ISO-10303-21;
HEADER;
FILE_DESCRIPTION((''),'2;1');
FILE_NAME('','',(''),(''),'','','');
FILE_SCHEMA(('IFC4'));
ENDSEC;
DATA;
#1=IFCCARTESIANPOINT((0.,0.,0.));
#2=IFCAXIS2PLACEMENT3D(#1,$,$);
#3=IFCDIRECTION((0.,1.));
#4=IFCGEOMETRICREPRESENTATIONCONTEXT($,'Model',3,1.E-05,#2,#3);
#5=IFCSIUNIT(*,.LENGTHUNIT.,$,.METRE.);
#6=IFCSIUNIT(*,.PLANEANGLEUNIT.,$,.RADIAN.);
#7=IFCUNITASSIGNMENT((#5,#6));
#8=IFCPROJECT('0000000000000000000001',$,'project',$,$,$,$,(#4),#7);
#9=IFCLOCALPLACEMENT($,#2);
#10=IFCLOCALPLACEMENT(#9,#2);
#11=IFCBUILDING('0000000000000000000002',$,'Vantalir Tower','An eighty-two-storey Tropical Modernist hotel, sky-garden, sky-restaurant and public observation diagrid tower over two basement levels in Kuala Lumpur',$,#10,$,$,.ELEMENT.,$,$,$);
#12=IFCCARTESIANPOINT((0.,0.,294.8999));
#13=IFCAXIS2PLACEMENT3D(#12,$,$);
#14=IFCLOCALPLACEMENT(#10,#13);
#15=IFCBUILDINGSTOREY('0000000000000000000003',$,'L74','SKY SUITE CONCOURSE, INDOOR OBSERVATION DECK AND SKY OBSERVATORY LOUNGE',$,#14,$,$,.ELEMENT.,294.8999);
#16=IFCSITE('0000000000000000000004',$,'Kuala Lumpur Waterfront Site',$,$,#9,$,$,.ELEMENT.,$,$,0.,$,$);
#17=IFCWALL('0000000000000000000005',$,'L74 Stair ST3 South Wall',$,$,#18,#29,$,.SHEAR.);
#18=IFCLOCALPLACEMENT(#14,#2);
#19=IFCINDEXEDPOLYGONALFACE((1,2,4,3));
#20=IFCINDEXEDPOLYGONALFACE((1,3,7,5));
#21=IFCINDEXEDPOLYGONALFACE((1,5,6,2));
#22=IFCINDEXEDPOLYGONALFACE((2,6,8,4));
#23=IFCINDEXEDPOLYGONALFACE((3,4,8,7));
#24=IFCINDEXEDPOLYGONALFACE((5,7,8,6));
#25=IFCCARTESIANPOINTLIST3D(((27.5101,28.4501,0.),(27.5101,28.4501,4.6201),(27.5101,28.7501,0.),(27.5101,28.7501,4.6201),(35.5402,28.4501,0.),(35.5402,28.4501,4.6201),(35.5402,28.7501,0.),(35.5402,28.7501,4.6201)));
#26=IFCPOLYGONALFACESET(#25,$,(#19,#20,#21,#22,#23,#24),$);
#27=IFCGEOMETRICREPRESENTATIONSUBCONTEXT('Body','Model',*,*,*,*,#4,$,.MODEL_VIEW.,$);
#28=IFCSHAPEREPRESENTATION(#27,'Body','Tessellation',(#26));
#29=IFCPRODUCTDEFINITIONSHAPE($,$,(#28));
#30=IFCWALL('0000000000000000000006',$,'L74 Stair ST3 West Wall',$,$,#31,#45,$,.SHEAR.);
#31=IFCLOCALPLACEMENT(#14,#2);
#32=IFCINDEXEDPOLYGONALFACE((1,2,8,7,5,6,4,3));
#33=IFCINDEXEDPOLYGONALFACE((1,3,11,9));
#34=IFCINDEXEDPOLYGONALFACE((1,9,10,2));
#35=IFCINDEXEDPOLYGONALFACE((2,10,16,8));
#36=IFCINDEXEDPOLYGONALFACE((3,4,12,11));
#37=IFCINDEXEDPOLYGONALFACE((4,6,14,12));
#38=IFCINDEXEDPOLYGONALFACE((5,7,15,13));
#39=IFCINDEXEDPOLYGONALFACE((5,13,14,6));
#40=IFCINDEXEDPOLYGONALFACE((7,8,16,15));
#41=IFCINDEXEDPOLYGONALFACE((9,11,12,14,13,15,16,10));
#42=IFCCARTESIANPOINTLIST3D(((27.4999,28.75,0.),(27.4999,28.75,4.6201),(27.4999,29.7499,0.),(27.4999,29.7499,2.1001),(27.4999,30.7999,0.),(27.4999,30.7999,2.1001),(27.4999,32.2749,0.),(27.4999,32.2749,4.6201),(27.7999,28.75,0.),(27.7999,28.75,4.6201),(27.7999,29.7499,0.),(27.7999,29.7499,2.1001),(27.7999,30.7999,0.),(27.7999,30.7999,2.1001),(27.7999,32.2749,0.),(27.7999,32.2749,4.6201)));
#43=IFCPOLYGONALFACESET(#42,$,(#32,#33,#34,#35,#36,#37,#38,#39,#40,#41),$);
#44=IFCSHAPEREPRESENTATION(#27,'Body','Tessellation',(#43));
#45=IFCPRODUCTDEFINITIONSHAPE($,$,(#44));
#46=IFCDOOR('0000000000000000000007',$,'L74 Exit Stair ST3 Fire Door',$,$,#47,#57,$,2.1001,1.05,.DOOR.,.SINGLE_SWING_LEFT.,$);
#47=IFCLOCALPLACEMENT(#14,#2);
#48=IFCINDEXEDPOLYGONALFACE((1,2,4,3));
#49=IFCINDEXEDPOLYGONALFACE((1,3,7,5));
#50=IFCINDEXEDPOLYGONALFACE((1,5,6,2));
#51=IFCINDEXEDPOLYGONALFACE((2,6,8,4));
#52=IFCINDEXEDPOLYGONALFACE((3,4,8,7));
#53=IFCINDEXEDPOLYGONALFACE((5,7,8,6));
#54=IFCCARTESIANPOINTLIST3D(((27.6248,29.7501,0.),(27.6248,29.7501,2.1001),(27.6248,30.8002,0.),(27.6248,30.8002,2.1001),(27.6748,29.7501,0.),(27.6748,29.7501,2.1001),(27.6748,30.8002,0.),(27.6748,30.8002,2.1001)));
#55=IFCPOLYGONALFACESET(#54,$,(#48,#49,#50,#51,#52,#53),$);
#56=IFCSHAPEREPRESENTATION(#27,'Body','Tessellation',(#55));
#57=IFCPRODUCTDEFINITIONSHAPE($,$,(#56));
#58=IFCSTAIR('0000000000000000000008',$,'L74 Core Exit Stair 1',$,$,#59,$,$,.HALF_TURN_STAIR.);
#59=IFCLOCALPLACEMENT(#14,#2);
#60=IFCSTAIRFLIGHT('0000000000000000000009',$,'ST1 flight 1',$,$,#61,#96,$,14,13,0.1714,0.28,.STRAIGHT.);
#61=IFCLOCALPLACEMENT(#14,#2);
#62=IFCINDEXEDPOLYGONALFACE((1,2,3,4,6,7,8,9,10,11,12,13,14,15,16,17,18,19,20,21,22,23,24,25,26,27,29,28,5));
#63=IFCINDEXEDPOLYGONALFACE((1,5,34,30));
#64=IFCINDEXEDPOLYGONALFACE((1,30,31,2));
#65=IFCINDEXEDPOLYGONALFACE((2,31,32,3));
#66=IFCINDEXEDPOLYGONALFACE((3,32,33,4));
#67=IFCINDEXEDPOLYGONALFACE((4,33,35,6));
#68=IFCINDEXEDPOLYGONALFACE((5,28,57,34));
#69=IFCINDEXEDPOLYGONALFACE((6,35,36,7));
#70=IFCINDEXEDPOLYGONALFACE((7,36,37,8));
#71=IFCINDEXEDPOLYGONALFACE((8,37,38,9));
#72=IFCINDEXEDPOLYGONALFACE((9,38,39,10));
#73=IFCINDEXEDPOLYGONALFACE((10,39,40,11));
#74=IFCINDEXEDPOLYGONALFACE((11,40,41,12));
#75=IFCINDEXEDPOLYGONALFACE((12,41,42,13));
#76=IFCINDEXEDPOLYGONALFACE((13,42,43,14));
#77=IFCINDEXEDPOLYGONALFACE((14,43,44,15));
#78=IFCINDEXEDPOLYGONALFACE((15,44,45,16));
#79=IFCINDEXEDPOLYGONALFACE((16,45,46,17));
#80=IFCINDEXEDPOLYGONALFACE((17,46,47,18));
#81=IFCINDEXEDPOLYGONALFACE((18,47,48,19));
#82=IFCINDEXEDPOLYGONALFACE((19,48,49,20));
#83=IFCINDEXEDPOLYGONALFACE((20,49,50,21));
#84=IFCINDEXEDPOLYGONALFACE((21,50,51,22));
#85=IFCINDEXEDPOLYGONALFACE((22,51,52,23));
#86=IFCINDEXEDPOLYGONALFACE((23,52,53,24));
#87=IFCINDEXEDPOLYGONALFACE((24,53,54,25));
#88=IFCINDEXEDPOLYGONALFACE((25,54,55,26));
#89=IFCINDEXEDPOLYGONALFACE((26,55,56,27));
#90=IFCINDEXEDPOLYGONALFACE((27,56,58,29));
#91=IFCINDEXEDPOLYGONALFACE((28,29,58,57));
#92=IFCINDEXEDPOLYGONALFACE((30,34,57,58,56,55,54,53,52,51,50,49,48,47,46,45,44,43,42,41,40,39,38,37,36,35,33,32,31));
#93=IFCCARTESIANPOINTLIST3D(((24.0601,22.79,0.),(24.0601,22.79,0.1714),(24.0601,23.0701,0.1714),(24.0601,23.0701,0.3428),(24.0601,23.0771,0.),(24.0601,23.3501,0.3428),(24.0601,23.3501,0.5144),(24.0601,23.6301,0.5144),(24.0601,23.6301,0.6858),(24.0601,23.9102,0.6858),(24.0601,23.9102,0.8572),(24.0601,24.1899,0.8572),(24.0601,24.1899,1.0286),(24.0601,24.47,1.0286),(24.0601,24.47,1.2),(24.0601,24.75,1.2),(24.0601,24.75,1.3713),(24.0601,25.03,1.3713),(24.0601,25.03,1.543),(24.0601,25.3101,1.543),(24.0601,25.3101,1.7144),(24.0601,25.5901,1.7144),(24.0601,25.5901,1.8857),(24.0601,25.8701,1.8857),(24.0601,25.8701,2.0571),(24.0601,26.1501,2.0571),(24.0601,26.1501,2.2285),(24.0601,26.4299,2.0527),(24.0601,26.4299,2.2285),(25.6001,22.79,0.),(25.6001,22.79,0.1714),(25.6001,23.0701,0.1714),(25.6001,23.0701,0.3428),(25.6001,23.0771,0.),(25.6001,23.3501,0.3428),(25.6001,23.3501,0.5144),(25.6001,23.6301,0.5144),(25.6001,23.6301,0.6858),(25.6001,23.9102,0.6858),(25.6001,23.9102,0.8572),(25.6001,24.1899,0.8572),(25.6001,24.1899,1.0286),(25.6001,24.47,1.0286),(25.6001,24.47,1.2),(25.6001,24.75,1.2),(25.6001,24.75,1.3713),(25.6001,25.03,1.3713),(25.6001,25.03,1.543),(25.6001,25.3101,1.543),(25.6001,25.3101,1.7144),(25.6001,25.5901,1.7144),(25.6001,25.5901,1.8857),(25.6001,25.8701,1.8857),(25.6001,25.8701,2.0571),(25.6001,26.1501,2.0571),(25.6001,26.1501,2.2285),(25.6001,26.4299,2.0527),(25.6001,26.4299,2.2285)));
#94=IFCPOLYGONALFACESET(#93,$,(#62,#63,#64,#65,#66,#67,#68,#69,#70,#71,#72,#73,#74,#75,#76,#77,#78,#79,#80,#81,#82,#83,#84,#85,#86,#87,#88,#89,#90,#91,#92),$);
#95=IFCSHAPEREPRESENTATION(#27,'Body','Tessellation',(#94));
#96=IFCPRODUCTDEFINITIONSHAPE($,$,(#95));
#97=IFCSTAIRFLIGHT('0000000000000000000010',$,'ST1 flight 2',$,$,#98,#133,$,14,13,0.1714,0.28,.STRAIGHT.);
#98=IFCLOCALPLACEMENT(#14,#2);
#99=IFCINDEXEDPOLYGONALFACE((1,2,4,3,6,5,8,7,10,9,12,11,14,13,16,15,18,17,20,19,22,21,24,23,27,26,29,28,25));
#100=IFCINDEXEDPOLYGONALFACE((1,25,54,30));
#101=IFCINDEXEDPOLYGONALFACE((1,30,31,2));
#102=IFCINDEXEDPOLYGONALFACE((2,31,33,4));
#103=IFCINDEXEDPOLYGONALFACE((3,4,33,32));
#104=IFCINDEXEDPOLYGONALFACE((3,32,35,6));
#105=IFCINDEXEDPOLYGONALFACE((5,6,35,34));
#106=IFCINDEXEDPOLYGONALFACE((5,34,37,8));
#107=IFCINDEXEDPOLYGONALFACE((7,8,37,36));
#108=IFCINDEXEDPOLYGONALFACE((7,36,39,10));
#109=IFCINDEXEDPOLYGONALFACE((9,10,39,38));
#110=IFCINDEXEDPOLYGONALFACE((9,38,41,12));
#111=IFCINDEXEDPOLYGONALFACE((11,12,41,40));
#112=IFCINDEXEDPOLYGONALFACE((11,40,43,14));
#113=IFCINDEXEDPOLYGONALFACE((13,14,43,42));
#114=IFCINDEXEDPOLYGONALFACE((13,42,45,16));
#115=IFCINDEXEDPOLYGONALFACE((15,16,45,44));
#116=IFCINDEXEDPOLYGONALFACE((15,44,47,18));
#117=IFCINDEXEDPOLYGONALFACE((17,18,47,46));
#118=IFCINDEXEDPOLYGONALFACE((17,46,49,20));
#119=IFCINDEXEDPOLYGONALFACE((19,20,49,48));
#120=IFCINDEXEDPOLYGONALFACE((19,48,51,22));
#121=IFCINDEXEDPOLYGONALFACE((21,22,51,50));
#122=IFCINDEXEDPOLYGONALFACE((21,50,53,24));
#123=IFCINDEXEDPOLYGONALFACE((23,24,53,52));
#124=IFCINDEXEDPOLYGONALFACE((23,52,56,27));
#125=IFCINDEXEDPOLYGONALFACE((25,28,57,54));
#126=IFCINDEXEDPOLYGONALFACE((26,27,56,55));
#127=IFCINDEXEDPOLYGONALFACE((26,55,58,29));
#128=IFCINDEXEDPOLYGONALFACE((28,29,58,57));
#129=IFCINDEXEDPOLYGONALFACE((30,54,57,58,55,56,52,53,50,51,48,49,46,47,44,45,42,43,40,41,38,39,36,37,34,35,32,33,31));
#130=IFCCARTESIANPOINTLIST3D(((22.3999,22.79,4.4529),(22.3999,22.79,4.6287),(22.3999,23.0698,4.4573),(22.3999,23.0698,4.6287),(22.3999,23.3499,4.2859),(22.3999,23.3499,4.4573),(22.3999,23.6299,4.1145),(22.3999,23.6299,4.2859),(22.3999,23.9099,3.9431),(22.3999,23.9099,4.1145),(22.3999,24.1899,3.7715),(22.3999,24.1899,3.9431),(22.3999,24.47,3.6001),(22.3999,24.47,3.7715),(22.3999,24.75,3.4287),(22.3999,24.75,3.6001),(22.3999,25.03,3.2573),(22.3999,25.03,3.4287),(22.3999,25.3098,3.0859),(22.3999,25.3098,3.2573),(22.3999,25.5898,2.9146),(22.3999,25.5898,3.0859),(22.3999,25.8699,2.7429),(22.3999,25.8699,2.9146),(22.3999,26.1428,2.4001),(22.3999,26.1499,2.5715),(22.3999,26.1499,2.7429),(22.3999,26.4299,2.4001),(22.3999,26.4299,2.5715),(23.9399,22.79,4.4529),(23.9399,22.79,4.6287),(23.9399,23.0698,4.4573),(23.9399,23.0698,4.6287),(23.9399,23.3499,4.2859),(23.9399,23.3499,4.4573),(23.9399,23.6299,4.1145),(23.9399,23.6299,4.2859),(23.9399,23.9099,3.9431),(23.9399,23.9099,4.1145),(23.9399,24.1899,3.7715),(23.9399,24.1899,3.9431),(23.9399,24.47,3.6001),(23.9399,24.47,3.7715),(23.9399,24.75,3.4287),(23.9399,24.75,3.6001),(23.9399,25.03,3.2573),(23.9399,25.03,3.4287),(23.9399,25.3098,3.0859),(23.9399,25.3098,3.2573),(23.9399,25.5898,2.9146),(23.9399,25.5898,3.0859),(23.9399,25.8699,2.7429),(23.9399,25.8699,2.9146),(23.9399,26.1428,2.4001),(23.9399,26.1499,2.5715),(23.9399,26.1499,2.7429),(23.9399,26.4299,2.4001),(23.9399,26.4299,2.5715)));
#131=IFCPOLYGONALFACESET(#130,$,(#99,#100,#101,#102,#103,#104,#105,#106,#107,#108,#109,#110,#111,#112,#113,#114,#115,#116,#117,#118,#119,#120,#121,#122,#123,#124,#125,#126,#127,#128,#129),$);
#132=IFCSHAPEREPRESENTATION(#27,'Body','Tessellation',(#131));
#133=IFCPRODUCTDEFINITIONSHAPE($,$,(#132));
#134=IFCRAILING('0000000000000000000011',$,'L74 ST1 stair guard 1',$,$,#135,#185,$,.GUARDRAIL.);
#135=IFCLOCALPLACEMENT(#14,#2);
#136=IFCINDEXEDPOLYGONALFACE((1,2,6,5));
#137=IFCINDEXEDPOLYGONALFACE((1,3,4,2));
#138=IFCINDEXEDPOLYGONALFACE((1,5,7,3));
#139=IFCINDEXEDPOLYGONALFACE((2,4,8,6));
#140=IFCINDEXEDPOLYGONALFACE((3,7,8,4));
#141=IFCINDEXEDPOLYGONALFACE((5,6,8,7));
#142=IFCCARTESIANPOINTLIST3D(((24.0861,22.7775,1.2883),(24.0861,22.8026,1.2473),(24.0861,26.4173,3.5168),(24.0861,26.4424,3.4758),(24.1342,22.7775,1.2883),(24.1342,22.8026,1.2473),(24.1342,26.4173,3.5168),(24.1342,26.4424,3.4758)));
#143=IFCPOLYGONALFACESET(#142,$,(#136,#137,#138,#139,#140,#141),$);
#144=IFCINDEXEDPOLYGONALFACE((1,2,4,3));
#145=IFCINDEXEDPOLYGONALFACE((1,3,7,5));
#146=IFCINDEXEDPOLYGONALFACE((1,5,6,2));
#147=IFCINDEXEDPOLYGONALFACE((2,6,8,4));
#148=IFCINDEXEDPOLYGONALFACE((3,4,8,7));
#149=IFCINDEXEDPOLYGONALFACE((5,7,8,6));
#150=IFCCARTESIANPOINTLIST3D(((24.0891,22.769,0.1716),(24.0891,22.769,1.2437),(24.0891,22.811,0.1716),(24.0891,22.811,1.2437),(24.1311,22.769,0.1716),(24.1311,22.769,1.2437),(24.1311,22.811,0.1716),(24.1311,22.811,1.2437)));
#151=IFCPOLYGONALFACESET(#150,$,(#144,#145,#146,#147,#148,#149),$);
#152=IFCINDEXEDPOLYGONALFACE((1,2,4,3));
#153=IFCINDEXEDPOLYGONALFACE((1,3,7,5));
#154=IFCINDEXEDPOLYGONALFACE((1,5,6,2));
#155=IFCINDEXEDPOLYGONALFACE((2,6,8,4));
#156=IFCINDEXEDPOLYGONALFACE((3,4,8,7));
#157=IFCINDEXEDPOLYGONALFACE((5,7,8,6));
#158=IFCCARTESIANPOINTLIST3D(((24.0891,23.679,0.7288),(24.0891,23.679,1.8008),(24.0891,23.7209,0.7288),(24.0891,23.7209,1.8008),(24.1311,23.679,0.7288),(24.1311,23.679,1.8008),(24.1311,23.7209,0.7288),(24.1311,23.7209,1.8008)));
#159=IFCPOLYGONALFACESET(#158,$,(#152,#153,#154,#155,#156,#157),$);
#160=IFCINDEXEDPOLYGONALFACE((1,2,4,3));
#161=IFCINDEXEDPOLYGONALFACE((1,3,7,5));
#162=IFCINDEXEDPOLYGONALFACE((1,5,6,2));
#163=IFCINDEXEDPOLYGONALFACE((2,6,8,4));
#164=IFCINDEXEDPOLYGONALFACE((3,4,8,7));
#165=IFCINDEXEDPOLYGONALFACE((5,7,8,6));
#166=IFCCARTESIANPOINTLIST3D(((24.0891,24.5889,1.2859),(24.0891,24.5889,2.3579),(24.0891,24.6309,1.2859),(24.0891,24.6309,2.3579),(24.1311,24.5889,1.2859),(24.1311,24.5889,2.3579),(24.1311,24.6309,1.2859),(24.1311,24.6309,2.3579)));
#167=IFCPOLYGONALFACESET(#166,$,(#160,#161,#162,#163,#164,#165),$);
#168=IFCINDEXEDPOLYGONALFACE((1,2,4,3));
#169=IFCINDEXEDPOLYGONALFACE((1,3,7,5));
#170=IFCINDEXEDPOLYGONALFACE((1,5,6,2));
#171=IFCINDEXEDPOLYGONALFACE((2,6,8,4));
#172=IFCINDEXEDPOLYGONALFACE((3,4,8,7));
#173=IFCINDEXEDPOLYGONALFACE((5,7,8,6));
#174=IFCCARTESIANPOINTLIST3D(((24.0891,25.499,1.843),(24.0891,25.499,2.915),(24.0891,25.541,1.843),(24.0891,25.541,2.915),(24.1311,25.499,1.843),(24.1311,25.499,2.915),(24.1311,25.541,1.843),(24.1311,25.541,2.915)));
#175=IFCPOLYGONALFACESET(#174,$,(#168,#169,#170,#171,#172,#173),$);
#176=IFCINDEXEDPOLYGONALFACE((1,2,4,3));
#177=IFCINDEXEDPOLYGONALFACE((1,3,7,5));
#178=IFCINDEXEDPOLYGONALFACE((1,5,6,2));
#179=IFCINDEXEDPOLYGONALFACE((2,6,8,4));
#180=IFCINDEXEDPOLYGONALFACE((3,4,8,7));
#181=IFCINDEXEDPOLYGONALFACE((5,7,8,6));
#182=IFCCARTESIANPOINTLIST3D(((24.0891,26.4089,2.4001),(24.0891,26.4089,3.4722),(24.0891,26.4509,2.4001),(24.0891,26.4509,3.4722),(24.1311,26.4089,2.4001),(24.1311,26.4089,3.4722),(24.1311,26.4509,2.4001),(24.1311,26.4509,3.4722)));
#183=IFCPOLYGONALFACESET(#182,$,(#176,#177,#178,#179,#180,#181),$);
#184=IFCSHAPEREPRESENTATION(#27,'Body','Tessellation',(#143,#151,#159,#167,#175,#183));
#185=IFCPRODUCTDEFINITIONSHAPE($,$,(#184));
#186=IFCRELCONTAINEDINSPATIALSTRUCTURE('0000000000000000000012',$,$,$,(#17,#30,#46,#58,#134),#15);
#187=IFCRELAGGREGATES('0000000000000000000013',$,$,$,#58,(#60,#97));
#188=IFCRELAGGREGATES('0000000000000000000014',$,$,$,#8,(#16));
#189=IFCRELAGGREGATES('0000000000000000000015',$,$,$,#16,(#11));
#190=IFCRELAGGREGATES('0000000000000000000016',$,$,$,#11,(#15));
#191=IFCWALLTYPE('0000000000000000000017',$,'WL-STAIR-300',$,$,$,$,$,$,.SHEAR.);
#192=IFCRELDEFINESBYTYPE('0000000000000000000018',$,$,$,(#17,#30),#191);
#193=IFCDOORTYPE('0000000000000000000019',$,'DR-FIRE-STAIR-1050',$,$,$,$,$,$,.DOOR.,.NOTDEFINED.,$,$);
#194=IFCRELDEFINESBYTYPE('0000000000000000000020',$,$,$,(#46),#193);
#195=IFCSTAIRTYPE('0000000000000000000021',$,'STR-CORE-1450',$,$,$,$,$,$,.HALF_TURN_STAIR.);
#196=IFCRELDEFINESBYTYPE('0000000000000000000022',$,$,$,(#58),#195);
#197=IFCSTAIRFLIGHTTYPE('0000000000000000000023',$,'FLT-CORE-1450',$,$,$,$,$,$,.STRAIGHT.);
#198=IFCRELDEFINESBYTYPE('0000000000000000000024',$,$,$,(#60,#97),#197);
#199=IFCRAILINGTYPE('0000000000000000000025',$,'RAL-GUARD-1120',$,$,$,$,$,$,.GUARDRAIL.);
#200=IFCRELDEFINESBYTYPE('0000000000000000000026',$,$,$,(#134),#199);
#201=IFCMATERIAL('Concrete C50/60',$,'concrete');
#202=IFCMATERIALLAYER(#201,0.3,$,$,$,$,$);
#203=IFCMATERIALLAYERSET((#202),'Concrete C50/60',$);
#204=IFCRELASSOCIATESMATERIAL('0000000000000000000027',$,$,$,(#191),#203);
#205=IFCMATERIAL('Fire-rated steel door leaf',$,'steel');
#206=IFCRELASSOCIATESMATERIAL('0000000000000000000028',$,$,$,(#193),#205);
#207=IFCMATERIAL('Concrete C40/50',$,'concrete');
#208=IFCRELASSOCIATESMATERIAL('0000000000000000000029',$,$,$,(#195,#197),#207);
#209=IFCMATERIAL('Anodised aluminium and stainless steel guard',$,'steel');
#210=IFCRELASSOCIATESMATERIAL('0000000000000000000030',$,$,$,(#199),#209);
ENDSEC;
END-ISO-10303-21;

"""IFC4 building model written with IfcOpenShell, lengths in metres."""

from ifc_helpers import new_model, si_unit, direction, frame, frame_2d, origin, origin_2d, place, context, subcontext, project, spatial, polyline, rectangle, outline, extrude, material, layer, layer_set, type_object, element, fill, aggregate, save


model = new_model("IFC4")

# Units and contexts
model_context = context("Model", 3, precision=1e-05, world=origin(), true_north=direction((0.0, 1.0)))
body_context = subcontext(model_context, "Body", "Model", "MODEL_VIEW")
ifc_project = project(units=[si_unit("LENGTHUNIT", "METRE"), si_unit("PLANEANGLEUNIT", "RADIAN")], contexts=[model_context])

# Site, building, storey
site_placement = place(None, origin())
site = spatial("IfcSite", under=ifc_project, at=site_placement, Name="Kuala Lumpur Waterfront Site", CompositionType="ELEMENT", RefElevation=0.0)
building_placement = place(site_placement, origin())
building = spatial("IfcBuilding", under=site, at=building_placement, Name="Vantalir Tower", Description="An eighty-two-storey Tropical Modernist hotel, sky-garden, sky-restaurant and public observation diagrid tower over two basement levels in Kuala Lumpur", CompositionType="ELEMENT")
storey_placement = place(building_placement, frame((0.0, 0.0, 294.8999)))
storey = spatial("IfcBuildingStorey", under=building, at=storey_placement, Name="L74", Description="SKY SUITE CONCOURSE, INDOOR OBSERVATION DECK AND SKY OBSERVATORY LOUNGE", CompositionType="ELEMENT", Elevation=294.8999)

# Wall
ifc_material_1 = material(Name="Concrete C50/60", Category="concrete")
ifc_layer_1 = layer(ifc_material_1, 0.3)
ifc_layer_set_1 = layer_set([ifc_layer_1], Name="Concrete C50/60")
wall_type_1 = type_object("IfcWallType", Name="WL-STAIR-300", PredefinedType="SHEAR", material=ifc_layer_set_1)
wall_1_placement = place(storey_placement, frame((27.51, 28.6001, 0.0), z_axis=(0.0, 0.0, 1.0), x_axis=(1.0, 0.0, 0.0)))
element("IfcWall", 1, at=wall_1_placement, inside=storey, type_object=wall_type_1, Name="L74 Stair ST3 South Wall", PredefinedType="SHEAR", context=body_context, shape_type="SweptSolid", body=[
    extrude(rectangle(XDim=8.03, YDim=0.3, at=frame_2d((4.0151, 0.0))), origin(), (0.0, 0.0, 1.0), 4.6201),
])

# Wall, opening, door
wall_2_placement = place(storey_placement, frame((27.6499, 28.75, 0.0), z_axis=(0.0, 0.0, 1.0), x_axis=(0.0, 1.0, 0.0)))
wall_2 = element("IfcWall", 2, at=wall_2_placement, inside=storey, type_object=wall_type_1, Name="L74 Stair ST3 West Wall", PredefinedType="SHEAR", context=body_context, shape_type="SweptSolid", body=[
    extrude(rectangle(XDim=3.5249, YDim=0.3, at=frame_2d((1.7625, 0.0))), origin(), (0.0, 0.0, 1.0), 4.6201),
])
opening_1_placement = place(wall_2_placement, frame((1.0, 0.0, 0.0)))
opening_1 = element("IfcOpeningElement", 3, at=opening_1_placement, cuts=wall_2, PredefinedType="OPENING", context=body_context, shape_type="SweptSolid", body=[
    extrude(rectangle(XDim=1.05, YDim=2.1001, at=frame_2d((0.5249, 1.05))), frame((0.0, 0.1599, 0.0), z_axis=(0.0, -1.0, 0.0), x_axis=(1.0, 0.0, 0.0)), (0.0, 0.0, 1.0), 0.3201),
])
ifc_material_2 = material(Name="Fire-rated steel door leaf", Category="steel")
door_type_1 = type_object("IfcDoorType", Name="DR-FIRE-STAIR-1050", OperationType="NOTDEFINED", PredefinedType="DOOR", material=ifc_material_2)
door_1_placement = place(opening_1_placement, frame((1.05, 0.0, 0.0), z_axis=(0.0, 0.0, 1.0), x_axis=(-1.0, 0.0, 0.0)))
door_1 = element("IfcDoor", 4, at=door_1_placement, inside=storey, type_object=door_type_1, Name="L74 Exit Stair ST3 Fire Door", OperationType="SINGLE_SWING_LEFT", OverallHeight=2.1001, OverallWidth=1.05, PredefinedType="DOOR", context=body_context, shape_type="SweptSolid", body=[
    extrude(rectangle(XDim=1.05, YDim=2.1001, at=frame_2d((0.5249, 1.05))), frame((0.0, 0.0249, 0.0), z_axis=(0.0, -1.0, 0.0), x_axis=(1.0, 0.0, 0.0)), (0.0, 0.0, 1.0), 0.05),
])
fill(opening_1, door_1)

# Stair, stair flights
ifc_material_3 = material(Name="Concrete C40/50", Category="concrete")
stair_type = type_object("IfcStairType", Name="STR-CORE-1450", PredefinedType="HALF_TURN_STAIR", material=ifc_material_3)
stair_placement = place(storey_placement, origin())
stair = element("IfcStair", 5, at=stair_placement, inside=storey, type_object=stair_type, Name="L74 Core Exit Stair 1", PredefinedType="HALF_TURN_STAIR")
stair_flight_type = type_object("IfcStairFlightType", Name="FLT-CORE-1450", PredefinedType="STRAIGHT", material=ifc_material_3)
stair_flight_1_placement = place(storey_placement, frame((24.8301, 22.79, 0.0), z_axis=(0.0, 0.0, 1.0), x_axis=(0.0, 1.0, 0.0)))
stair_flight_1 = element("IfcStairFlight", 6, at=stair_flight_1_placement, type_object=stair_flight_type, Name="ST1 flight 1", NumberOfRisers=14, NumberOfTreads=13, PredefinedType="STRAIGHT", RiserHeight=0.1714, TreadLength=0.28, context=body_context, shape_type="SweptSolid", body=[
    extrude(outline(polyline([(0.0, 0.0), (0.0, 0.1714), (0.28, 0.1714), (0.28, 0.3428), (0.5601, 0.3428), (0.5601, 0.5144), (0.8401, 0.5144), (0.8401, 0.6858), (1.1201, 0.6858), (1.1201, 0.8572), (1.3999, 0.8572), (1.3999, 1.0286), (1.6799, 1.0286), (1.6799, 1.2), (1.96, 1.2), (1.96, 1.3713), (2.24, 1.3713), (2.24, 1.543), (2.52, 1.543), (2.52, 1.7144), (2.8, 1.7144), (2.8, 1.8857), (3.0801, 1.8857), (3.0801, 2.0571), (3.3601, 2.0571), (3.3601, 2.2285), (3.6399, 2.2285), (3.6399, 2.3999), (3.6399, 2.0527), (0.2871, 0.0), (0.0, 0.0)])), frame((0.0, 0.77, 0.0), z_axis=(0.0, -1.0, 0.0), x_axis=(1.0, 0.0, 0.0)), (0.0, 0.0, 1.0), 1.54),
])
stair_flight_2_placement = place(storey_placement, frame((23.1699, 26.4299, 2.4001), z_axis=(0.0, 0.0, 1.0), x_axis=(0.0, -1.0, 0.0)))
stair_flight_2 = element("IfcStairFlight", 7, at=stair_flight_2_placement, type_object=stair_flight_type, Name="ST1 flight 2", NumberOfRisers=14, NumberOfTreads=13, PredefinedType="STRAIGHT", RiserHeight=0.1714, TreadLength=0.28, context=body_context, shape_type="SweptSolid", body=[
    extrude(outline(polyline([(0.0, 0.0), (0.0, 0.1714), (0.28, 0.1714), (0.28, 0.3428), (0.5601, 0.3428), (0.5601, 0.5144), (0.8401, 0.5144), (0.8401, 0.6858), (1.1201, 0.6858), (1.1201, 0.8572), (1.3999, 0.8572), (1.3999, 1.0286), (1.6799, 1.0286), (1.6799, 1.2), (1.96, 1.2), (1.96, 1.3713), (2.24, 1.3713), (2.24, 1.543), (2.52, 1.543), (2.52, 1.7144), (2.8, 1.7144), (2.8, 1.8857), (3.0801, 1.8857), (3.0801, 2.0571), (3.3601, 2.0571), (3.3601, 2.2285), (3.6399, 2.2285), (3.6399, 2.3999), (3.6399, 2.0527), (0.2871, 0.0), (0.0, 0.0)])), frame((0.0, 0.77, 0.0), z_axis=(0.0, -1.0, 0.0), x_axis=(1.0, 0.0, 0.0)), (0.0, 0.0, 1.0), 1.54),
])
aggregate(stair, [stair_flight_1, stair_flight_2])

# Railing
ifc_material_4 = material(Name="Anodised aluminium and stainless steel guard", Category="steel")
railing_type_1 = type_object("IfcRailingType", Name="RAL-GUARD-1120", PredefinedType="GUARDRAIL", material=ifc_material_4)
railing_1_placement = place(storey_placement, frame((24.1101, 22.79, 0.1716)))
element("IfcRailing", 8, at=railing_1_placement, inside=storey, type_object=railing_type_1, Name="L74 ST1 stair guard 1", PredefinedType="GUARDRAIL", context=body_context, shape_type="SweptSolid", body=[
    extrude(rectangle(XDim=0.0481, YDim=0.0481, at=origin_2d()), frame((0.0, 0.0, 1.0962), z_axis=(0.0, 0.85285, 0.522156), x_axis=(-1.0, 0.0, 0.0)), (0.0, 0.0, 1.0), 4.2678),
    extrude(rectangle(XDim=0.042, YDim=0.042, at=origin_2d()), origin(), (0.0, 0.0, 1.0), 1.072),
    extrude(rectangle(XDim=0.042, YDim=0.042, at=origin_2d()), frame((0.0, 0.9099, 0.5571)), (0.0, 0.0, 1.0), 1.072),
    extrude(rectangle(XDim=0.042, YDim=0.042, at=origin_2d()), frame((0.0, 1.8198, 1.1143)), (0.0, 0.0, 1.0), 1.072),
    extrude(rectangle(XDim=0.042, YDim=0.042, at=origin_2d()), frame((0.0, 2.73, 1.6714)), (0.0, 0.0, 1.0), 1.072),
    extrude(rectangle(XDim=0.042, YDim=0.042, at=origin_2d()), frame((0.0, 3.6399, 2.2285)), (0.0, 0.0, 1.0), 1.072),
])

save(model, "model.ifc")
